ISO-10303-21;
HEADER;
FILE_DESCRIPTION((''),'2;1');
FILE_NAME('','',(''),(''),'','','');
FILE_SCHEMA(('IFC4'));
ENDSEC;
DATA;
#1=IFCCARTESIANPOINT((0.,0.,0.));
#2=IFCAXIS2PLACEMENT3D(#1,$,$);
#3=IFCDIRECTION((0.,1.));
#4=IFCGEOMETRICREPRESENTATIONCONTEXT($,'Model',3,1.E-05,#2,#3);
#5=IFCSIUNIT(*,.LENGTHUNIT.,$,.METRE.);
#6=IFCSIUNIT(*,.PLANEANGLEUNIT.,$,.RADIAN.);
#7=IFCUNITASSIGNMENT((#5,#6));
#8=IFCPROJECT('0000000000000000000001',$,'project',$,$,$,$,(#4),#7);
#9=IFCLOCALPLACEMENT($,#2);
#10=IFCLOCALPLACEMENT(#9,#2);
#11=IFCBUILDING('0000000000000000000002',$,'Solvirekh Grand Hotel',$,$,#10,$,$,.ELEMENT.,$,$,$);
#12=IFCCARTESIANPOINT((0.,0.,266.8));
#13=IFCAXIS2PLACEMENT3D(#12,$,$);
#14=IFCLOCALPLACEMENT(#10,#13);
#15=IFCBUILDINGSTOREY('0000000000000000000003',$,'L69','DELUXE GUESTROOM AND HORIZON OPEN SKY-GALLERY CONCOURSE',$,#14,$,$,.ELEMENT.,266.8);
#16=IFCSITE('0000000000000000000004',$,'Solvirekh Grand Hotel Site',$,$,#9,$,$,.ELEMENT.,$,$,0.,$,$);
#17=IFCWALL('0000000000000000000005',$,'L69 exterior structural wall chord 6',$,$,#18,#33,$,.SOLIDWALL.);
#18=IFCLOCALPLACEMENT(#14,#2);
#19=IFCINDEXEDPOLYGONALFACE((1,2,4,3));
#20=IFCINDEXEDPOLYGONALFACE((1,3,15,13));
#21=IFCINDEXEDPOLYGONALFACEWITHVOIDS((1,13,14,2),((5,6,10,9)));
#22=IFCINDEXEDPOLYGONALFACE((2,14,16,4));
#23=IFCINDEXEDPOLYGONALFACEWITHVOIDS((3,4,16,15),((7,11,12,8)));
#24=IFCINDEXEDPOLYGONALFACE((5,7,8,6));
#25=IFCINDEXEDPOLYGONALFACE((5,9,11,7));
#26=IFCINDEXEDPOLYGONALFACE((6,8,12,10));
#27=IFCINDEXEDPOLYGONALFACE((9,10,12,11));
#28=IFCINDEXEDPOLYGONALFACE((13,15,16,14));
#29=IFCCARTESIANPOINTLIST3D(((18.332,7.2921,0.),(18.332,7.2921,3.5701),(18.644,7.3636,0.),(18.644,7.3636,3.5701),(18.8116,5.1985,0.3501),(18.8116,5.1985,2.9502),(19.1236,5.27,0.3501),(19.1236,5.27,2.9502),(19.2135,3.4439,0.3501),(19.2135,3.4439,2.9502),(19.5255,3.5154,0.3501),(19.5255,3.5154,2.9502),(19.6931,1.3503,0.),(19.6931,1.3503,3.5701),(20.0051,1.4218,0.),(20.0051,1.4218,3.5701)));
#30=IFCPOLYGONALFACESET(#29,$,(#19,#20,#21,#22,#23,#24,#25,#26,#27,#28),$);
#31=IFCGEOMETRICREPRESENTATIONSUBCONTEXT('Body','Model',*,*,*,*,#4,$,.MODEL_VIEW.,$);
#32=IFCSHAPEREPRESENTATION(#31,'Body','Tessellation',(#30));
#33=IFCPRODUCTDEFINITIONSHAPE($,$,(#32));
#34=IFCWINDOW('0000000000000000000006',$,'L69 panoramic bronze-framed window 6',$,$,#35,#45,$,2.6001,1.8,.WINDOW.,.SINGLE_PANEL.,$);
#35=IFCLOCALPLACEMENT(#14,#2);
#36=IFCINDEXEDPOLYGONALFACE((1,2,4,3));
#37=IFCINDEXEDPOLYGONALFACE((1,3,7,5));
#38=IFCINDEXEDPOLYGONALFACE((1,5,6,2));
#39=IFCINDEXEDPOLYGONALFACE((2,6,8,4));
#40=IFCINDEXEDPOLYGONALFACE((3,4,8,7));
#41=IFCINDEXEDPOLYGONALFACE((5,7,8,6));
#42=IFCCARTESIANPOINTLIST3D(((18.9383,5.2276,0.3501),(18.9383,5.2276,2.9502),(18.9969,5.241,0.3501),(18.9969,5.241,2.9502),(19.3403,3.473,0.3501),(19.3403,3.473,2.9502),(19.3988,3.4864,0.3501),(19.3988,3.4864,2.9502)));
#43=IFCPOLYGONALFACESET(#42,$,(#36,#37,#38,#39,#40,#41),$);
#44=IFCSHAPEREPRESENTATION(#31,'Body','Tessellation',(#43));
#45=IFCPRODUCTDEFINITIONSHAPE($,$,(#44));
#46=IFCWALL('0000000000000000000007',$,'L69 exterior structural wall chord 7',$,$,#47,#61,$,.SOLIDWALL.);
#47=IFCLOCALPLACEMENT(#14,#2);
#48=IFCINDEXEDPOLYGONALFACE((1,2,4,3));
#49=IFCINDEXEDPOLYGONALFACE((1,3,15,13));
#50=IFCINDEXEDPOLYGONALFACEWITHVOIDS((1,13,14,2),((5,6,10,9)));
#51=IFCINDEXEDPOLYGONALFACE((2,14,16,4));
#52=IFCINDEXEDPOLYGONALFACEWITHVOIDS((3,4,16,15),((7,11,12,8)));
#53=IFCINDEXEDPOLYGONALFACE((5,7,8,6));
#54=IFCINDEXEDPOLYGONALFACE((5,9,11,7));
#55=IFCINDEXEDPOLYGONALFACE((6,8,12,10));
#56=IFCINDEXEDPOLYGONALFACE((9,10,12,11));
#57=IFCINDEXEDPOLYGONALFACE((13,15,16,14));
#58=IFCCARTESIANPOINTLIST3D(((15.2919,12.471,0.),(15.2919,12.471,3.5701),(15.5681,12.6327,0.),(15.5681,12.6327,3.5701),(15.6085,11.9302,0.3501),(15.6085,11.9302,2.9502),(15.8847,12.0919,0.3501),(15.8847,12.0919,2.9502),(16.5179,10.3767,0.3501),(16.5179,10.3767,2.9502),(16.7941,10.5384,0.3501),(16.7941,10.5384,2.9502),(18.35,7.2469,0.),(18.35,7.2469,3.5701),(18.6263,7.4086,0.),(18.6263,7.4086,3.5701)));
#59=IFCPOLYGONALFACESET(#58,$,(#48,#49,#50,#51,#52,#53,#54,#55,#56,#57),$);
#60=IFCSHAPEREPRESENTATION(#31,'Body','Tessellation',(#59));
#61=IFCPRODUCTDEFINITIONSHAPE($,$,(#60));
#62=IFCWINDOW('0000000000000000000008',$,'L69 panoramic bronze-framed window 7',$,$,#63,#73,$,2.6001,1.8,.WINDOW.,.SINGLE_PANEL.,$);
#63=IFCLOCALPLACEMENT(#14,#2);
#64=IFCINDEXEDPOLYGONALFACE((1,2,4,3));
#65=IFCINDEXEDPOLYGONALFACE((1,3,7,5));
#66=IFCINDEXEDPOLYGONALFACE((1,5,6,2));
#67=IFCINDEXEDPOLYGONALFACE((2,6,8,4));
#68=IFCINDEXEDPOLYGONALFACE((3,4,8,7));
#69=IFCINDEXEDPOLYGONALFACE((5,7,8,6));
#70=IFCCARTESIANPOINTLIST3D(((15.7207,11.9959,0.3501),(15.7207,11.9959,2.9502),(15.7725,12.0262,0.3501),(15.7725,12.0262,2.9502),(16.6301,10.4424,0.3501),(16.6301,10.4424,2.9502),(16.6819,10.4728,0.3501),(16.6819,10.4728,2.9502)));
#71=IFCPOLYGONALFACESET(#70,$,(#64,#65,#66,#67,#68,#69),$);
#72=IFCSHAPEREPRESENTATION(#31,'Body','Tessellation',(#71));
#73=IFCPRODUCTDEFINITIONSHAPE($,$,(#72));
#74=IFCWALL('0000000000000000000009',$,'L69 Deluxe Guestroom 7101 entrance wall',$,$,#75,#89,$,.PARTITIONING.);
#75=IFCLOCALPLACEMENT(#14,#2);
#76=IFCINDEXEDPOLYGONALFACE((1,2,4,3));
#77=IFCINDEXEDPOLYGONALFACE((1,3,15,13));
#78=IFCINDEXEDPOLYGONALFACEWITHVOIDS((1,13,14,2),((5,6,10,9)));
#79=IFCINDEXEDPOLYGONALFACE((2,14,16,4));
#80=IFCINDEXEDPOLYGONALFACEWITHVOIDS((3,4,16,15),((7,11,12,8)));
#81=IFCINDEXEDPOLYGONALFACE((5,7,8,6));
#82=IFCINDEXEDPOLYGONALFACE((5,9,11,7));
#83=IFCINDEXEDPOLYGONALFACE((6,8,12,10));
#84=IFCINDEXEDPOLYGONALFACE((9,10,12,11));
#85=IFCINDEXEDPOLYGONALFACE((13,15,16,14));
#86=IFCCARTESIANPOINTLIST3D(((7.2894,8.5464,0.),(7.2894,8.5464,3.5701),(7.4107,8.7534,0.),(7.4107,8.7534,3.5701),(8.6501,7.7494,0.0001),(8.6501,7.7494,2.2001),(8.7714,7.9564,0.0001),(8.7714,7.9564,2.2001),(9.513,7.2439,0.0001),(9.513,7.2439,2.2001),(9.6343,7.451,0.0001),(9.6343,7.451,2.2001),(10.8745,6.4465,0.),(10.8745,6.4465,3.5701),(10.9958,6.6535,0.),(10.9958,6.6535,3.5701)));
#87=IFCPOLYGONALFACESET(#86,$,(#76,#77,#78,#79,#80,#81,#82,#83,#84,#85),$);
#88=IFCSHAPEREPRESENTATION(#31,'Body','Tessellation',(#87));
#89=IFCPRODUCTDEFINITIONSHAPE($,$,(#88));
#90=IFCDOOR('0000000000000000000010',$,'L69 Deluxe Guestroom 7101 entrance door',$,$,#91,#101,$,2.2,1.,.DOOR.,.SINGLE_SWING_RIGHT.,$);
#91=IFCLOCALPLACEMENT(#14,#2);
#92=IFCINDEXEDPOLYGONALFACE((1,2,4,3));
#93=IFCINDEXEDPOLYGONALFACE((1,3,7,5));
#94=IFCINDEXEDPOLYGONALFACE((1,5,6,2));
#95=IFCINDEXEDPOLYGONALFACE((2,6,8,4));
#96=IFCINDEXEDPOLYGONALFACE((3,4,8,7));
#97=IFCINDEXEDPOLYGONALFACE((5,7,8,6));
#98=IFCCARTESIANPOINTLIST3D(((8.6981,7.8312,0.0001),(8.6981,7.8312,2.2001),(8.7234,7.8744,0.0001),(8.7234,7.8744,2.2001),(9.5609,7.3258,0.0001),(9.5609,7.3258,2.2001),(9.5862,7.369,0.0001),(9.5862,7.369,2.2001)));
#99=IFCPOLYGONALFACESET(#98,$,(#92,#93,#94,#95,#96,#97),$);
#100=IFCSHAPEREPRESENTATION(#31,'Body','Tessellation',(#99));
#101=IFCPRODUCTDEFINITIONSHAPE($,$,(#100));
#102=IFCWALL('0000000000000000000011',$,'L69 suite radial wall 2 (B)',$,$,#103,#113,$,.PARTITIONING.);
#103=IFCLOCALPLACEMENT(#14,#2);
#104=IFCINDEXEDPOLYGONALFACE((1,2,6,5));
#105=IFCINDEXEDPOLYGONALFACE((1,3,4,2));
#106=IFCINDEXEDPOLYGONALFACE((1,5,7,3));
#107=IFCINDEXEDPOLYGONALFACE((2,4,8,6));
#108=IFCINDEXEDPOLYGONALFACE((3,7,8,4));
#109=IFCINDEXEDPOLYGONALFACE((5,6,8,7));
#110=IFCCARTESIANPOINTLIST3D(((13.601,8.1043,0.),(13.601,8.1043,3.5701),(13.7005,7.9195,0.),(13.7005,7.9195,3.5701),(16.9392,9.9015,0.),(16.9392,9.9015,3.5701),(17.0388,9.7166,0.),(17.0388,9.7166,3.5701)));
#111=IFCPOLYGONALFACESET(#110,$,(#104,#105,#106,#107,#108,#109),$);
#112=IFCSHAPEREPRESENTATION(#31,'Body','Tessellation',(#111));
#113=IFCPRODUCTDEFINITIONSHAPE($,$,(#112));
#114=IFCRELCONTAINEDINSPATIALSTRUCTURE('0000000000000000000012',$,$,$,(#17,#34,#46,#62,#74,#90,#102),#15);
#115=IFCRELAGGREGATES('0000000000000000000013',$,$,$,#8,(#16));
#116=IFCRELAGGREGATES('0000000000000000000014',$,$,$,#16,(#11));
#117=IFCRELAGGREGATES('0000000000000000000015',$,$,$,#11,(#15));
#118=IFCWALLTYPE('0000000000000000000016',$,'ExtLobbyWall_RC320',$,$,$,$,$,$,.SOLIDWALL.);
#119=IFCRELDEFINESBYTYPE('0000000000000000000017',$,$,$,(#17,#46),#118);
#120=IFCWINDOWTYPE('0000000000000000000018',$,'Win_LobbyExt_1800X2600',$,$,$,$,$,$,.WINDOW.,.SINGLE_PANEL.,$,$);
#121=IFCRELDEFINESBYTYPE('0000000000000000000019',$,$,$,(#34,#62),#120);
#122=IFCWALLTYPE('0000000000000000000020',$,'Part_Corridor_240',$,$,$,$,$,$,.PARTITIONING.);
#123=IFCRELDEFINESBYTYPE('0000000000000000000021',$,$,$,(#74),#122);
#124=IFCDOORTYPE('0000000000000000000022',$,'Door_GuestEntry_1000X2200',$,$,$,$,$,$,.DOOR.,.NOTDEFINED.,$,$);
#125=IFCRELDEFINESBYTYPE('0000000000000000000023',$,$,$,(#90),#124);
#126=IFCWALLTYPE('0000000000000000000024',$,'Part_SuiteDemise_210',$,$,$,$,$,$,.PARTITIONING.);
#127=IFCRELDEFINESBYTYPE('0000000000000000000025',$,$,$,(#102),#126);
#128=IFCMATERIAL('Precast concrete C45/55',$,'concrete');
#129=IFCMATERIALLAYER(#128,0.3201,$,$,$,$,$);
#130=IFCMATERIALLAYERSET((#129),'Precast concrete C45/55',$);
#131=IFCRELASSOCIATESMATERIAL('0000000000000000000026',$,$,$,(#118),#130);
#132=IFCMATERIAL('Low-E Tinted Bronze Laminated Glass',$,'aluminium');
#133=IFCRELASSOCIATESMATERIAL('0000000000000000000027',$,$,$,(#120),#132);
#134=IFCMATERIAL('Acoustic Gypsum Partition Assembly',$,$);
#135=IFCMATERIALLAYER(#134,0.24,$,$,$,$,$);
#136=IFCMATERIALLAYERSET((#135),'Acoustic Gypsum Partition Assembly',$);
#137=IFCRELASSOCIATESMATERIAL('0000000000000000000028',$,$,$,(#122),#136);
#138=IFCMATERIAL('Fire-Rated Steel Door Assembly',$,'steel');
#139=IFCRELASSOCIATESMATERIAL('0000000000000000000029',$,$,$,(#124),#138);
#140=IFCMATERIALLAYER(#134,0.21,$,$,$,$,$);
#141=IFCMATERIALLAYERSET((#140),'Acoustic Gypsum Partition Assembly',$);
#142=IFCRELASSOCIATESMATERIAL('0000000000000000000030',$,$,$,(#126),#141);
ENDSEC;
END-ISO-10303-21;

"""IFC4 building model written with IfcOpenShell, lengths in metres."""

from ifc_helpers import new_model, si_unit, direction, frame, frame_2d, origin, place, context, subcontext, project, spatial, rectangle, extrude, material, layer, layer_set, type_object, element, fill, save


model = new_model("IFC4")

# Units and contexts
model_context = context("Model", 3, precision=1e-05, world=origin(), true_north=direction((0.0, 1.0)))
body_context = subcontext(model_context, "Body", "Model", "MODEL_VIEW")
ifc_project = project(units=[si_unit("LENGTHUNIT", "METRE"), si_unit("PLANEANGLEUNIT", "RADIAN")], contexts=[model_context])

# Site, building, storey
site_placement = place(None, origin())
site = spatial("IfcSite", under=ifc_project, at=site_placement, Name="Solvirekh Grand Hotel Site", CompositionType="ELEMENT", RefElevation=0.0)
building_placement = place(site_placement, origin())
building = spatial("IfcBuilding", under=site, at=building_placement, Name="Solvirekh Grand Hotel", CompositionType="ELEMENT")
storey_placement = place(building_placement, frame((0.0, 0.0, 266.8)))
storey = spatial("IfcBuildingStorey", under=building, at=storey_placement, Name="L69", Description="DELUXE GUESTROOM AND HORIZON OPEN SKY-GALLERY CONCOURSE", CompositionType="ELEMENT", Elevation=266.8)

# Shared definitions
ifc_material_1 = material(Name="Low-E Tinted Bronze Laminated Glass", Category="aluminium")

# Walls, openings, windows
ifc_material_2 = material(Name="Precast concrete C45/55", Category="concrete")
ifc_layer_1 = layer(ifc_material_2, 0.3201)
ifc_layer_set_1 = layer_set([ifc_layer_1], Name="Precast concrete C45/55")
wall_type_1 = type_object("IfcWallType", Name="ExtLobbyWall_RC320", PredefinedType="SOLIDWALL", material=ifc_layer_set_1)
wall_1_placement = place(storey_placement, frame((18.488, 7.3279, 0.0), z_axis=(0.0, 0.0, 1.0), x_axis=(0.223283, -0.974754, 0.0)))
wall_1 = element("IfcWall", 1, at=wall_1_placement, inside=storey, type_object=wall_type_1, Name="L69 exterior structural wall chord 6", PredefinedType="SOLIDWALL", context=body_context, shape_type="SweptSolid", body=[
    extrude(rectangle(XDim=6.0957, YDim=0.3201, at=frame_2d((3.0479, 0.0))), origin(), (0.0, 0.0, 1.0), 3.5701),
])
opening_1_placement = place(wall_1_placement, frame((2.1479, 0.0, 0.3501)))
opening_1 = element("IfcOpeningElement", 2, at=opening_1_placement, cuts=wall_1, PredefinedType="OPENING", context=body_context, shape_type="SweptSolid", body=[
    extrude(rectangle(XDim=1.8, YDim=2.6001, at=frame_2d((0.8999, 1.3))), frame((0.0, 0.1699, 0.0), z_axis=(0.0, -1.0, 0.0), x_axis=(1.0, 0.0, 0.0)), (0.0, 0.0, 1.0), 0.3401),
])
window_type = type_object("IfcWindowType", Name="Win_LobbyExt_1800X2600", PartitioningType="SINGLE_PANEL", PredefinedType="WINDOW", material=ifc_material_1)
window_1_placement = place(opening_1_placement, origin())
window_1 = element("IfcWindow", 3, at=window_1_placement, inside=storey, type_object=window_type, Name="L69 panoramic bronze-framed window 6", OverallHeight=2.6001, OverallWidth=1.8, PartitioningType="SINGLE_PANEL", PredefinedType="WINDOW", context=body_context, shape_type="SweptSolid", body=[
    extrude(rectangle(XDim=1.8, YDim=2.6001, at=frame_2d((0.8999, 1.3))), frame((0.0, 0.03, 0.0), z_axis=(0.0, -1.0, 0.0), x_axis=(1.0, 0.0, 0.0)), (0.0, 0.0, 1.0), 0.0601),
])
fill(opening_1, window_1)
wall_2_placement = place(storey_placement, frame((15.4299, 12.552, 0.0), z_axis=(0.0, 0.0, 1.0), x_axis=(0.505189, -0.863008, 0.0)))
wall_2 = element("IfcWall", 4, at=wall_2_placement, inside=storey, type_object=wall_type_1, Name="L69 exterior structural wall chord 7", PredefinedType="SOLIDWALL", context=body_context, shape_type="SweptSolid", body=[
    extrude(rectangle(XDim=6.0535, YDim=0.3201, at=frame_2d((3.0269, 0.0))), origin(), (0.0, 0.0, 1.0), 3.5701),
])
opening_2_placement = place(wall_2_placement, frame((0.627, 0.0, 0.3501)))
opening_2 = element("IfcOpeningElement", 5, at=opening_2_placement, cuts=wall_2, PredefinedType="OPENING", context=body_context, shape_type="SweptSolid", body=[
    extrude(rectangle(XDim=1.8, YDim=2.6001, at=frame_2d((0.8999, 1.3))), frame((0.0, 0.1699, 0.0), z_axis=(0.0, -1.0, 0.0), x_axis=(1.0, 0.0, 0.0)), (0.0, 0.0, 1.0), 0.3401),
])
window_2_placement = place(opening_2_placement, origin())
window_2 = element("IfcWindow", 6, at=window_2_placement, inside=storey, type_object=window_type, Name="L69 panoramic bronze-framed window 7", OverallHeight=2.6001, OverallWidth=1.8, PartitioningType="SINGLE_PANEL", PredefinedType="WINDOW", context=body_context, shape_type="SweptSolid", body=[
    extrude(rectangle(XDim=1.8, YDim=2.6001, at=frame_2d((0.8999, 1.3))), frame((0.0, 0.03, 0.0), z_axis=(0.0, -1.0, 0.0), x_axis=(1.0, 0.0, 0.0)), (0.0, 0.0, 1.0), 0.0601),
])
fill(opening_2, window_2)

# Wall, opening, door
ifc_material_3 = material(Name="Acoustic Gypsum Partition Assembly")
ifc_layer_2 = layer(ifc_material_3, 0.24)
ifc_layer_set_2 = layer_set([ifc_layer_2], Name="Acoustic Gypsum Partition Assembly")
wall_type_2 = type_object("IfcWallType", Name="Part_Corridor_240", PredefinedType="PARTITIONING", material=ifc_layer_set_2)
wall_3_placement = place(storey_placement, frame((7.3501, 8.6499, 0.0), z_axis=(0.0, 0.0, 1.0), x_axis=(0.862874, -0.505419, 0.0)))
wall_3 = element("IfcWall", 7, at=wall_3_placement, inside=storey, type_object=wall_type_2, Name="L69 Deluxe Guestroom 7101 entrance wall", PredefinedType="PARTITIONING", context=body_context, shape_type="SweptSolid", body=[
    extrude(rectangle(XDim=4.1548, YDim=0.24, at=frame_2d((2.0774, 0.0))), origin(), (0.0, 0.0, 1.0), 3.5701),
])
opening_3_placement = place(wall_3_placement, frame((1.5769, 0.0, 0.0)))
opening_3 = element("IfcOpeningElement", 8, at=opening_3_placement, cuts=wall_3, PredefinedType="OPENING", context=body_context, shape_type="SweptSolid", body=[
    extrude(rectangle(XDim=1.0, YDim=2.2, at=frame_2d((0.5, 1.1001))), frame((0.0, 0.1299, 0.0), z_axis=(0.0, -1.0, 0.0), x_axis=(1.0, 0.0, 0.0)), (0.0, 0.0, 1.0), 0.26),
])
ifc_material_4 = material(Name="Fire-Rated Steel Door Assembly", Category="steel")
door_type = type_object("IfcDoorType", Name="Door_GuestEntry_1000X2200", OperationType="NOTDEFINED", PredefinedType="DOOR", material=ifc_material_4)
door_placement = place(opening_3_placement, origin())
door = element("IfcDoor", 9, at=door_placement, inside=storey, type_object=door_type, Name="L69 Deluxe Guestroom 7101 entrance door", OperationType="SINGLE_SWING_RIGHT", OverallHeight=2.2, OverallWidth=1.0, PredefinedType="DOOR", context=body_context, shape_type="SweptSolid", body=[
    extrude(rectangle(XDim=1.0, YDim=2.2, at=frame_2d((0.5, 1.1001))), frame((0.0, 0.0249, 0.0), z_axis=(0.0, -1.0, 0.0), x_axis=(1.0, 0.0, 0.0)), (0.0, 0.0, 1.0), 0.05),
])
fill(opening_3, door)

# Wall
ifc_layer_3 = layer(ifc_material_3, 0.21)
ifc_layer_set_3 = layer_set([ifc_layer_3], Name="Acoustic Gypsum Partition Assembly")
wall_type_3 = type_object("IfcWallType", Name="Part_SuiteDemise_210", PredefinedType="PARTITIONING", material=ifc_layer_set_3)
wall_4_placement = place(storey_placement, frame((13.6509, 8.012, 0.0), z_axis=(0.0, 0.0, 1.0), x_axis=(0.880508, 0.474031, 0.0)))
element("IfcWall", 10, at=wall_4_placement, inside=storey, type_object=wall_type_3, Name="L69 suite radial wall 2 (B)", PredefinedType="PARTITIONING", context=body_context, shape_type="SweptSolid", body=[
    extrude(rectangle(XDim=3.7913, YDim=0.21, at=frame_2d((1.8955, 0.0))), origin(), (0.0, 0.0, 1.0), 3.5701),
])

save(model, "model.ifc")
